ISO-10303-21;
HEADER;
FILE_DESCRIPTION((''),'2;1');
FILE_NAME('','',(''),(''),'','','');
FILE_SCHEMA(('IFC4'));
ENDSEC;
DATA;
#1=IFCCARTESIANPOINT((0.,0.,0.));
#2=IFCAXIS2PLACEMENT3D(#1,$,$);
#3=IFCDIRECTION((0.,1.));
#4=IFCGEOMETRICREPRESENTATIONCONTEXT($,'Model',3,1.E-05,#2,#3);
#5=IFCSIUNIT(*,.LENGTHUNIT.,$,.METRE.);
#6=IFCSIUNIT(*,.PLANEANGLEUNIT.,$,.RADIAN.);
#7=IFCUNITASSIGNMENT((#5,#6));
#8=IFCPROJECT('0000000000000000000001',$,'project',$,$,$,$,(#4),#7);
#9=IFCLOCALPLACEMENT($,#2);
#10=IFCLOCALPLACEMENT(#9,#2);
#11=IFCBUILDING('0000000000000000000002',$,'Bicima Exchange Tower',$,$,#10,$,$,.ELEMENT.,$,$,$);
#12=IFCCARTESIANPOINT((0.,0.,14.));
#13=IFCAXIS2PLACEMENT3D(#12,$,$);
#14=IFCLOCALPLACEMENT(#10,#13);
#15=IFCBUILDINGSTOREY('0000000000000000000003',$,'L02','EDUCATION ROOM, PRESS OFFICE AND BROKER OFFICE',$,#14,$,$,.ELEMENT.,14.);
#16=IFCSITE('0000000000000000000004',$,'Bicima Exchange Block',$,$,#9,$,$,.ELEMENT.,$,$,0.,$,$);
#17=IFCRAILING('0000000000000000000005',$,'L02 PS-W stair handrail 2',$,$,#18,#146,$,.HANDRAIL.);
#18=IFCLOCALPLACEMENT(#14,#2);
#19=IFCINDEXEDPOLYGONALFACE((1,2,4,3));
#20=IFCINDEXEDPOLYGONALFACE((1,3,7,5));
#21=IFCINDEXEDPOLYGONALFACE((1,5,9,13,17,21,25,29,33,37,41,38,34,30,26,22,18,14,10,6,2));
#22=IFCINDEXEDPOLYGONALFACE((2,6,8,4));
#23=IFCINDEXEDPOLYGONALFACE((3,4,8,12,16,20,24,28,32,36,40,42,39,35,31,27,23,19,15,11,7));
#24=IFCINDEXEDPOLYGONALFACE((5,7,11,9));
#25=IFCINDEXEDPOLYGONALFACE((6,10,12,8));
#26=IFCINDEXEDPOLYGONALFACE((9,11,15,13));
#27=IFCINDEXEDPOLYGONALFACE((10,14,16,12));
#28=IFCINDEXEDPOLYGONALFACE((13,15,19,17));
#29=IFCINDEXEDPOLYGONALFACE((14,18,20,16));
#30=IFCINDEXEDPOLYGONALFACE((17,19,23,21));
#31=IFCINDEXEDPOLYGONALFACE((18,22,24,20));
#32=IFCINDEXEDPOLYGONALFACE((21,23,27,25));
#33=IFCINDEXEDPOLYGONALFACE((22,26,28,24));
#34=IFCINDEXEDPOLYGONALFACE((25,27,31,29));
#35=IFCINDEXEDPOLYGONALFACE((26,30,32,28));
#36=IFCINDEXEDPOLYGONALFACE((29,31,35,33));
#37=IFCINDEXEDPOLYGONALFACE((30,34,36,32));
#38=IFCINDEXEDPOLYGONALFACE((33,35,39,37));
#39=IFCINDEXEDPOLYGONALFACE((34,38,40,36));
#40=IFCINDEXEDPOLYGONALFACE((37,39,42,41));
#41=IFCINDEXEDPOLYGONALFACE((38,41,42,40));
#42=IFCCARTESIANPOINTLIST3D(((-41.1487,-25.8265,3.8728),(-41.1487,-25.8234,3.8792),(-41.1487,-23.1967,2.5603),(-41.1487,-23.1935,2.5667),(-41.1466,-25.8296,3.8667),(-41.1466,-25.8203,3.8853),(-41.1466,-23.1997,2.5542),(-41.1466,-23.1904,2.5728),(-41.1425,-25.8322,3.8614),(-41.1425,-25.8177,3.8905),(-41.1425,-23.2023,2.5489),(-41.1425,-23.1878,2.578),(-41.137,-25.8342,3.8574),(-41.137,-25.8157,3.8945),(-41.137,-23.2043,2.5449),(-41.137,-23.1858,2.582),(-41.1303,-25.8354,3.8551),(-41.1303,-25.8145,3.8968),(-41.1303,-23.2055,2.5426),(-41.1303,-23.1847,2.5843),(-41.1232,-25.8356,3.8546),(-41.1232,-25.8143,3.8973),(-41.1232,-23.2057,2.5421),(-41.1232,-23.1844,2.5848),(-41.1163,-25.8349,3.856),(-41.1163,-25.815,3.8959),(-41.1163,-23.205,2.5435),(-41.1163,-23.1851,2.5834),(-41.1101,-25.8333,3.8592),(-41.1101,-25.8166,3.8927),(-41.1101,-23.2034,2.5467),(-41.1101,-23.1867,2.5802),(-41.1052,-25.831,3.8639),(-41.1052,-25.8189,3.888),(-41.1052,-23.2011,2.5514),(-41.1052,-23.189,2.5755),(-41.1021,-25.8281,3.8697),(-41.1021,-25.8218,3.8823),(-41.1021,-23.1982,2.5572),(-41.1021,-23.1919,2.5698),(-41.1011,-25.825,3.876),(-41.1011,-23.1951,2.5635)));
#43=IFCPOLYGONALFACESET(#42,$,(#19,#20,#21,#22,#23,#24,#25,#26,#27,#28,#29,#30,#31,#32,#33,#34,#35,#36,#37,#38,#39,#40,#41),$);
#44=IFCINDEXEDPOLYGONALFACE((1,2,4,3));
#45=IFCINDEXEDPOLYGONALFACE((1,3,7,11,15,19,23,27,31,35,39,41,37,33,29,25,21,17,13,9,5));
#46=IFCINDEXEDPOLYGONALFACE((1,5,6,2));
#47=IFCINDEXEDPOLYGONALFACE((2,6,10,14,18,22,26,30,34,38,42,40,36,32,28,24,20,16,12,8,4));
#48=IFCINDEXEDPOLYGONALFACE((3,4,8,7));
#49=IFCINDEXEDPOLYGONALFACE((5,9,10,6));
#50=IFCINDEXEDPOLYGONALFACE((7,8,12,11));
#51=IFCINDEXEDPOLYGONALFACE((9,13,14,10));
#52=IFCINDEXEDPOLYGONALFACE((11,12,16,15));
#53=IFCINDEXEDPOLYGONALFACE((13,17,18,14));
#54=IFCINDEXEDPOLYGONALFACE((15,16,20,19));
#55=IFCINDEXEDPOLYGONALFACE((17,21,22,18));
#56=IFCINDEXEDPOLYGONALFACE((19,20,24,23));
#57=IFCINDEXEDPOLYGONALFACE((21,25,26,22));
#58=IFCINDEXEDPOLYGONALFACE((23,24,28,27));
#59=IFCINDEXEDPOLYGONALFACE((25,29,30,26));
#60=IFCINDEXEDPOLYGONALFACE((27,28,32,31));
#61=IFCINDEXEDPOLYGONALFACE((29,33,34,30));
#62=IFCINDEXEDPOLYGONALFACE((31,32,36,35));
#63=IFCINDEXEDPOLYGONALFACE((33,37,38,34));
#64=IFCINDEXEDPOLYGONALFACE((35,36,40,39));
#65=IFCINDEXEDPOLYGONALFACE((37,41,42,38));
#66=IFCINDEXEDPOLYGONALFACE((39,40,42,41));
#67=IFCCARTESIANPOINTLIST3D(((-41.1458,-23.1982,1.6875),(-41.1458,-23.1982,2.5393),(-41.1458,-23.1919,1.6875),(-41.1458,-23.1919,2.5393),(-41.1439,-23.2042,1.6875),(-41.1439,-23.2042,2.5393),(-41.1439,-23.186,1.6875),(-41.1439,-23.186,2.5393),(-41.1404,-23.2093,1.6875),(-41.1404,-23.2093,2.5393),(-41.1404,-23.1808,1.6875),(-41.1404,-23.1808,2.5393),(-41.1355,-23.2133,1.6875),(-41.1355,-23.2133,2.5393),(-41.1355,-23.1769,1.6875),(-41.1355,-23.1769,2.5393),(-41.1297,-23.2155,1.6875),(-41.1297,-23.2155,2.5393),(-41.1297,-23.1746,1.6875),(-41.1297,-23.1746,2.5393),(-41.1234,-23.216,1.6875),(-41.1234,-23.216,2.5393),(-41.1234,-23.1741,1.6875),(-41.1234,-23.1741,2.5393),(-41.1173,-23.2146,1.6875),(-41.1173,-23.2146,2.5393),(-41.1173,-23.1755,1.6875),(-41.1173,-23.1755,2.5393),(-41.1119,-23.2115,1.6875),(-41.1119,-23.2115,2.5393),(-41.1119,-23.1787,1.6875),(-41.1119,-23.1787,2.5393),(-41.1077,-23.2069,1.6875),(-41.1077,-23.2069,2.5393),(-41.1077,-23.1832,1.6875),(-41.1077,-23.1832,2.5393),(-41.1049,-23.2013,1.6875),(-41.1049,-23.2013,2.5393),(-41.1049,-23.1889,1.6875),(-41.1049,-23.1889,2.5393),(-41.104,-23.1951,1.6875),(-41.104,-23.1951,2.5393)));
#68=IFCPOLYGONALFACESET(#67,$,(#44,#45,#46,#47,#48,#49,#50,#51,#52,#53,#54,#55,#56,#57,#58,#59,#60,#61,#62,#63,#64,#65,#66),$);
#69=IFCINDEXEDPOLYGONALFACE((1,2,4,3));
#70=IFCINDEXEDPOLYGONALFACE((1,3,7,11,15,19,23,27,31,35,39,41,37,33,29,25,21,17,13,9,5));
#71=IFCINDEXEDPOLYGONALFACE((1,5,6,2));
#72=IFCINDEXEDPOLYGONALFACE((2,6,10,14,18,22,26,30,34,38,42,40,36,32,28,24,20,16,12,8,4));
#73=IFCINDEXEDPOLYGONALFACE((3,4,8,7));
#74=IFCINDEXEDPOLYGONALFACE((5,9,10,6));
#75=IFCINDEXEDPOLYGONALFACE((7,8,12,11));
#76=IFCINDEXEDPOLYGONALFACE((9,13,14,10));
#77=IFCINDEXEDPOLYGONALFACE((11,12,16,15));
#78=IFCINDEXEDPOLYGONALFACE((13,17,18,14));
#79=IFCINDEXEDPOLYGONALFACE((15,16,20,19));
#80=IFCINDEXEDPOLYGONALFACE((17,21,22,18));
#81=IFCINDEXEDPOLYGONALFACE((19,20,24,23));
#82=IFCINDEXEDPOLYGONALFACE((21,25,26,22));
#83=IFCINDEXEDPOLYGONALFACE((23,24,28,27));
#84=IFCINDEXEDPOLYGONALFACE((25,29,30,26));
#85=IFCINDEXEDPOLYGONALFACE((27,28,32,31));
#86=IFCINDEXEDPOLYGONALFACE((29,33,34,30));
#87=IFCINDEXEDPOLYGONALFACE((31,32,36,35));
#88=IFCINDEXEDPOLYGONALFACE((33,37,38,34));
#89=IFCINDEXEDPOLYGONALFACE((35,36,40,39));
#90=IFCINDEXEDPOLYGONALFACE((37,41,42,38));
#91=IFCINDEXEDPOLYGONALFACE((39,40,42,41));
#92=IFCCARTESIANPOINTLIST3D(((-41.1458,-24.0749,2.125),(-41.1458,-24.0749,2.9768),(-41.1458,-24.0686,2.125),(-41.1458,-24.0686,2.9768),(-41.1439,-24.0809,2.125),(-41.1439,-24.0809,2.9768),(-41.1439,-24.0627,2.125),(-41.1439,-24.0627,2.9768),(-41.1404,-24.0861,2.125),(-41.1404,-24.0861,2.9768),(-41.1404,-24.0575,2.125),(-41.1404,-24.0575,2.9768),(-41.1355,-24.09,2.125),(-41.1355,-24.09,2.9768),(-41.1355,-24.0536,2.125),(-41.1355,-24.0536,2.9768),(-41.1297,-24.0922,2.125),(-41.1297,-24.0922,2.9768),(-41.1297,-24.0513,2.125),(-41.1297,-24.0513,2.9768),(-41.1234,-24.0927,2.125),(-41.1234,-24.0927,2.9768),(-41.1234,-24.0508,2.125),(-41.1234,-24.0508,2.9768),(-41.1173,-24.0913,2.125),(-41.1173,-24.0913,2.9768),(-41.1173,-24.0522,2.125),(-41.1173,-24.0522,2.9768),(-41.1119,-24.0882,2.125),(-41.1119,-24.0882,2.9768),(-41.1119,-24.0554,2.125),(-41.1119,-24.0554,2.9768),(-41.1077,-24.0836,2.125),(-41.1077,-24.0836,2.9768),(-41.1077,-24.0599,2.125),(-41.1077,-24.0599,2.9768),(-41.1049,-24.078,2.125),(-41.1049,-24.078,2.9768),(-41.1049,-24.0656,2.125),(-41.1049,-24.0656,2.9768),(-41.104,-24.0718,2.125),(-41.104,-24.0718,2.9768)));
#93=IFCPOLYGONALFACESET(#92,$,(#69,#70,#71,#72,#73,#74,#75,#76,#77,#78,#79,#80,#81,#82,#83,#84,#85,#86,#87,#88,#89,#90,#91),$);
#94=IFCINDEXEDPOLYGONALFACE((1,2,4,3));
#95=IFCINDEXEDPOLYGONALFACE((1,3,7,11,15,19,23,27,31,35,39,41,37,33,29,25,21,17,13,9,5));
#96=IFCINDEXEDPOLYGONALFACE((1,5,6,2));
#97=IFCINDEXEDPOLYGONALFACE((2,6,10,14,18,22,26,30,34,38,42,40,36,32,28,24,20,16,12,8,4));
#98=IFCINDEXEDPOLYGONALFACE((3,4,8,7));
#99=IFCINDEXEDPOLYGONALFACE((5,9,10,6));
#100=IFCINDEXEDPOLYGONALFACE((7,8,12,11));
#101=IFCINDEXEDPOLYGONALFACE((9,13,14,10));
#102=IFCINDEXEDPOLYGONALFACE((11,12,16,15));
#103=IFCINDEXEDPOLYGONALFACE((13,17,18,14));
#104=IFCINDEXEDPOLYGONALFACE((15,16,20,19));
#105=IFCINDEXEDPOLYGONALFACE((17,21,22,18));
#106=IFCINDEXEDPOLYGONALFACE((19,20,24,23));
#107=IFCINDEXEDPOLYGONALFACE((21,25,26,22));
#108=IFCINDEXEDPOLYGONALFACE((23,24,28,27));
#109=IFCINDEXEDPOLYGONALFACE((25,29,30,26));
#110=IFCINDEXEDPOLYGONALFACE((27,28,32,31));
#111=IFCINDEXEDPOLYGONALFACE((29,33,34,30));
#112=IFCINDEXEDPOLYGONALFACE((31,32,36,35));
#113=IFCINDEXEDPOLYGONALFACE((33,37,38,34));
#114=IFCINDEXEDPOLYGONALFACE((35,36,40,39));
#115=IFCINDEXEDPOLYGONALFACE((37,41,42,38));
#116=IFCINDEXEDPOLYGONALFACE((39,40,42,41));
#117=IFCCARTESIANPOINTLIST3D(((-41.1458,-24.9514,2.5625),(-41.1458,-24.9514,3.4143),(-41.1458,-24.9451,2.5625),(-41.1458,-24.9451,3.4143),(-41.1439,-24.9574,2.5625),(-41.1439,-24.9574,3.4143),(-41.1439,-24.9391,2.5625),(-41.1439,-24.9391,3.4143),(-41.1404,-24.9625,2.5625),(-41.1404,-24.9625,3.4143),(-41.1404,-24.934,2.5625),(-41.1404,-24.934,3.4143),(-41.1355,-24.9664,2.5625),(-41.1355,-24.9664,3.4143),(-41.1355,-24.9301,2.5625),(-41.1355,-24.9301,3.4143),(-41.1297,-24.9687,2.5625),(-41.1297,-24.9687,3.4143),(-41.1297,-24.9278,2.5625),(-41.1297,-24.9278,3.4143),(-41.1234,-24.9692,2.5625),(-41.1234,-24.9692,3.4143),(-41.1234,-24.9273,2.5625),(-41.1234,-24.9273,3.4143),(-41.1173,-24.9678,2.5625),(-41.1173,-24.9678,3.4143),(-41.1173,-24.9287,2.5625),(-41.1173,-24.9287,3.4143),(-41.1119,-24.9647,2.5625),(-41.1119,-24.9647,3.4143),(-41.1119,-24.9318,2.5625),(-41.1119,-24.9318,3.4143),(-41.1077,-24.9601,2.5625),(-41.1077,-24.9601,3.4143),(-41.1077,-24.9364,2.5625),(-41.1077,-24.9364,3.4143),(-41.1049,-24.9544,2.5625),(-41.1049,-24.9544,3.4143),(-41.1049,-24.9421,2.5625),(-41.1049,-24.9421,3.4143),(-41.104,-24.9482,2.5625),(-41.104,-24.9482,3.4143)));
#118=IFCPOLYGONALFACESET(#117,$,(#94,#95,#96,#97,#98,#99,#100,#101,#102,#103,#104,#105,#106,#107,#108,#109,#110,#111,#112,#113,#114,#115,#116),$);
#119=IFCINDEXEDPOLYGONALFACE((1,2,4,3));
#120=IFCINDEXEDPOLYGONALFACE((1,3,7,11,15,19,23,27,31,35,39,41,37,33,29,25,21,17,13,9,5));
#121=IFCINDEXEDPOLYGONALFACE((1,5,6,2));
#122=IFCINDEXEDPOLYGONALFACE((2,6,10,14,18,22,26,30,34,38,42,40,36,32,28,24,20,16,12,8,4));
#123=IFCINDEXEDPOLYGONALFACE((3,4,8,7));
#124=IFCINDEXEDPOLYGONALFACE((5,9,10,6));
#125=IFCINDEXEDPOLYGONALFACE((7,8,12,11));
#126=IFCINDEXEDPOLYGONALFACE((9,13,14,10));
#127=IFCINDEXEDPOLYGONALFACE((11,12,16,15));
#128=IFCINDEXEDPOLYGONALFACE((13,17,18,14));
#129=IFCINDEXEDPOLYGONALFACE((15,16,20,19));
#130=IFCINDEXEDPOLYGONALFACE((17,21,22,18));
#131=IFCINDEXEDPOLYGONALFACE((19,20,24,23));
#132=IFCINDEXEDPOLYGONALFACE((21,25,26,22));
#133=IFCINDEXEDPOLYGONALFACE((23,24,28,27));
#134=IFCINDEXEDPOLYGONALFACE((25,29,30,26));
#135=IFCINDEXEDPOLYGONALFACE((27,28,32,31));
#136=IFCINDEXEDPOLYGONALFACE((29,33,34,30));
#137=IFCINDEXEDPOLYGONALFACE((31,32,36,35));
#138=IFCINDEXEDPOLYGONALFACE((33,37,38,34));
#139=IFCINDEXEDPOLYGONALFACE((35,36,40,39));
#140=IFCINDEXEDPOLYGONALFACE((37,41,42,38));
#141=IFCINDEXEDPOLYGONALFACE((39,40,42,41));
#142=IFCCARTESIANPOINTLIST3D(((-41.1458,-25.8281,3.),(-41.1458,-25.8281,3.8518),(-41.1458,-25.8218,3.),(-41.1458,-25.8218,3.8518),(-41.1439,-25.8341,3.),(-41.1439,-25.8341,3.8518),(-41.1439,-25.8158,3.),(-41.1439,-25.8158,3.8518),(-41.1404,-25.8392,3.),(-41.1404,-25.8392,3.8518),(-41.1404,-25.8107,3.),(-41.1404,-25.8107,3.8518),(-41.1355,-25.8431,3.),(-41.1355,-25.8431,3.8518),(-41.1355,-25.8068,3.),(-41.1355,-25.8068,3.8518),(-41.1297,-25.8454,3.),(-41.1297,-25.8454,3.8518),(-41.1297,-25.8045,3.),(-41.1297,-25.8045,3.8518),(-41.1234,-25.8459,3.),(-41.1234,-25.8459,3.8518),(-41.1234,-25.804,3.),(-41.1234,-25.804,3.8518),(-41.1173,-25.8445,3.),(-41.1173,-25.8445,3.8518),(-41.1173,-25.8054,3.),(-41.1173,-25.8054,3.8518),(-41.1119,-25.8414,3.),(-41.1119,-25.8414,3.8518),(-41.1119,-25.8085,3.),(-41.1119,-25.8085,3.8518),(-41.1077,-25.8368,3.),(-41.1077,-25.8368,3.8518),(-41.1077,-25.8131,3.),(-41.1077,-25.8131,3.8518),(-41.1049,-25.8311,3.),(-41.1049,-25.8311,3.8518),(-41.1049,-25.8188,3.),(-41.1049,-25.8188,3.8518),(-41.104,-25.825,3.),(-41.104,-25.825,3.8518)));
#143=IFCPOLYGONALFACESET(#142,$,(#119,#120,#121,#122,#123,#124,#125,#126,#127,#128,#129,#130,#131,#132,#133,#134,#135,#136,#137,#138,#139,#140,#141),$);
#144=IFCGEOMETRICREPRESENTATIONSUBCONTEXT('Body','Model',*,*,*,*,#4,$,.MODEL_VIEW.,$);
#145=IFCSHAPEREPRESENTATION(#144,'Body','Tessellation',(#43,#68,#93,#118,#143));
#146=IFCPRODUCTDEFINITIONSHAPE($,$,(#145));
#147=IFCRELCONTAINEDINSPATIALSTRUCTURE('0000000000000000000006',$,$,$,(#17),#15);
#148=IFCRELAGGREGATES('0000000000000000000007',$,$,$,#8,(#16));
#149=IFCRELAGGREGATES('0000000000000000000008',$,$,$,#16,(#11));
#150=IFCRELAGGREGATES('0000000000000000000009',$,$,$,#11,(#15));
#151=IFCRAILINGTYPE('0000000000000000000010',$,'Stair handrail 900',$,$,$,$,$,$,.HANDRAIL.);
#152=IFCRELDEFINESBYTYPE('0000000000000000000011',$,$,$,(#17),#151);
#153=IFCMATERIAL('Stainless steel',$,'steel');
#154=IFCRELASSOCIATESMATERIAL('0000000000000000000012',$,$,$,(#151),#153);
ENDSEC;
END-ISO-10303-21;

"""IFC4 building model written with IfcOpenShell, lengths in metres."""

from ifc_helpers import new_model, si_unit, direction, frame, origin, origin_2d, place, context, subcontext, project, spatial, circle, extrude, material, type_object, element, save


model = new_model("IFC4")

# Units and contexts
model_context = context("Model", 3, precision=1e-05, world=origin(), true_north=direction((0.0, 1.0)))
body_context = subcontext(model_context, "Body", "Model", "MODEL_VIEW")
ifc_project = project(units=[si_unit("LENGTHUNIT", "METRE"), si_unit("PLANEANGLEUNIT", "RADIAN")], contexts=[model_context])

# Site, building, storey
site_placement = place(None, origin())
site = spatial("IfcSite", under=ifc_project, at=site_placement, Name="Bicima Exchange Block", CompositionType="ELEMENT", RefElevation=0.0)
building_placement = place(site_placement, origin())
building = spatial("IfcBuilding", under=site, at=building_placement, Name="Bicima Exchange Tower", CompositionType="ELEMENT")
storey_placement = place(building_placement, frame((0.0, 0.0, 14.0)))
storey = spatial("IfcBuildingStorey", under=building, at=storey_placement, Name="L02", Description="EDUCATION ROOM, PRESS OFFICE AND BROKER OFFICE", CompositionType="ELEMENT", Elevation=14.0)

# Railing
ifc_material_1 = material(Name="Stainless steel", Category="steel")
railing_type_1 = type_object("IfcRailingType", Name="Stair handrail 900", PredefinedType="HANDRAIL", material=ifc_material_1)
railing_1_placement = place(storey_placement, frame((-41.125, -23.1951, 1.6875)))
element("IfcRailing", 1, at=railing_1_placement, inside=storey, type_object=railing_type_1, Name="L02 PS-W stair handrail 2", PredefinedType="HANDRAIL", context=body_context, shape_type="SweptSolid", body=[
    extrude(circle(Radius=0.0239, at=origin_2d()), frame((0.0, 0.0, 0.876), z_axis=(0.0, -0.894759, 0.446549), x_axis=(1.0, 0.0, 0.0)), (0.0, 0.0, 1.0), 2.9392),
    extrude(circle(Radius=0.021, at=origin_2d()), origin(), (0.0, 0.0, 1.0), 0.8518),
    extrude(circle(Radius=0.021, at=origin_2d()), frame((0.0, -0.8767, 0.4375)), (0.0, 0.0, 1.0), 0.8518),
    extrude(circle(Radius=0.021, at=origin_2d()), frame((0.0, -1.7532, 0.875)), (0.0, 0.0, 1.0), 0.8518),
    extrude(circle(Radius=0.021, at=origin_2d()), frame((0.0, -2.6299, 1.3125)), (0.0, 0.0, 1.0), 0.8518),
])

save(model, "model.ifc")
